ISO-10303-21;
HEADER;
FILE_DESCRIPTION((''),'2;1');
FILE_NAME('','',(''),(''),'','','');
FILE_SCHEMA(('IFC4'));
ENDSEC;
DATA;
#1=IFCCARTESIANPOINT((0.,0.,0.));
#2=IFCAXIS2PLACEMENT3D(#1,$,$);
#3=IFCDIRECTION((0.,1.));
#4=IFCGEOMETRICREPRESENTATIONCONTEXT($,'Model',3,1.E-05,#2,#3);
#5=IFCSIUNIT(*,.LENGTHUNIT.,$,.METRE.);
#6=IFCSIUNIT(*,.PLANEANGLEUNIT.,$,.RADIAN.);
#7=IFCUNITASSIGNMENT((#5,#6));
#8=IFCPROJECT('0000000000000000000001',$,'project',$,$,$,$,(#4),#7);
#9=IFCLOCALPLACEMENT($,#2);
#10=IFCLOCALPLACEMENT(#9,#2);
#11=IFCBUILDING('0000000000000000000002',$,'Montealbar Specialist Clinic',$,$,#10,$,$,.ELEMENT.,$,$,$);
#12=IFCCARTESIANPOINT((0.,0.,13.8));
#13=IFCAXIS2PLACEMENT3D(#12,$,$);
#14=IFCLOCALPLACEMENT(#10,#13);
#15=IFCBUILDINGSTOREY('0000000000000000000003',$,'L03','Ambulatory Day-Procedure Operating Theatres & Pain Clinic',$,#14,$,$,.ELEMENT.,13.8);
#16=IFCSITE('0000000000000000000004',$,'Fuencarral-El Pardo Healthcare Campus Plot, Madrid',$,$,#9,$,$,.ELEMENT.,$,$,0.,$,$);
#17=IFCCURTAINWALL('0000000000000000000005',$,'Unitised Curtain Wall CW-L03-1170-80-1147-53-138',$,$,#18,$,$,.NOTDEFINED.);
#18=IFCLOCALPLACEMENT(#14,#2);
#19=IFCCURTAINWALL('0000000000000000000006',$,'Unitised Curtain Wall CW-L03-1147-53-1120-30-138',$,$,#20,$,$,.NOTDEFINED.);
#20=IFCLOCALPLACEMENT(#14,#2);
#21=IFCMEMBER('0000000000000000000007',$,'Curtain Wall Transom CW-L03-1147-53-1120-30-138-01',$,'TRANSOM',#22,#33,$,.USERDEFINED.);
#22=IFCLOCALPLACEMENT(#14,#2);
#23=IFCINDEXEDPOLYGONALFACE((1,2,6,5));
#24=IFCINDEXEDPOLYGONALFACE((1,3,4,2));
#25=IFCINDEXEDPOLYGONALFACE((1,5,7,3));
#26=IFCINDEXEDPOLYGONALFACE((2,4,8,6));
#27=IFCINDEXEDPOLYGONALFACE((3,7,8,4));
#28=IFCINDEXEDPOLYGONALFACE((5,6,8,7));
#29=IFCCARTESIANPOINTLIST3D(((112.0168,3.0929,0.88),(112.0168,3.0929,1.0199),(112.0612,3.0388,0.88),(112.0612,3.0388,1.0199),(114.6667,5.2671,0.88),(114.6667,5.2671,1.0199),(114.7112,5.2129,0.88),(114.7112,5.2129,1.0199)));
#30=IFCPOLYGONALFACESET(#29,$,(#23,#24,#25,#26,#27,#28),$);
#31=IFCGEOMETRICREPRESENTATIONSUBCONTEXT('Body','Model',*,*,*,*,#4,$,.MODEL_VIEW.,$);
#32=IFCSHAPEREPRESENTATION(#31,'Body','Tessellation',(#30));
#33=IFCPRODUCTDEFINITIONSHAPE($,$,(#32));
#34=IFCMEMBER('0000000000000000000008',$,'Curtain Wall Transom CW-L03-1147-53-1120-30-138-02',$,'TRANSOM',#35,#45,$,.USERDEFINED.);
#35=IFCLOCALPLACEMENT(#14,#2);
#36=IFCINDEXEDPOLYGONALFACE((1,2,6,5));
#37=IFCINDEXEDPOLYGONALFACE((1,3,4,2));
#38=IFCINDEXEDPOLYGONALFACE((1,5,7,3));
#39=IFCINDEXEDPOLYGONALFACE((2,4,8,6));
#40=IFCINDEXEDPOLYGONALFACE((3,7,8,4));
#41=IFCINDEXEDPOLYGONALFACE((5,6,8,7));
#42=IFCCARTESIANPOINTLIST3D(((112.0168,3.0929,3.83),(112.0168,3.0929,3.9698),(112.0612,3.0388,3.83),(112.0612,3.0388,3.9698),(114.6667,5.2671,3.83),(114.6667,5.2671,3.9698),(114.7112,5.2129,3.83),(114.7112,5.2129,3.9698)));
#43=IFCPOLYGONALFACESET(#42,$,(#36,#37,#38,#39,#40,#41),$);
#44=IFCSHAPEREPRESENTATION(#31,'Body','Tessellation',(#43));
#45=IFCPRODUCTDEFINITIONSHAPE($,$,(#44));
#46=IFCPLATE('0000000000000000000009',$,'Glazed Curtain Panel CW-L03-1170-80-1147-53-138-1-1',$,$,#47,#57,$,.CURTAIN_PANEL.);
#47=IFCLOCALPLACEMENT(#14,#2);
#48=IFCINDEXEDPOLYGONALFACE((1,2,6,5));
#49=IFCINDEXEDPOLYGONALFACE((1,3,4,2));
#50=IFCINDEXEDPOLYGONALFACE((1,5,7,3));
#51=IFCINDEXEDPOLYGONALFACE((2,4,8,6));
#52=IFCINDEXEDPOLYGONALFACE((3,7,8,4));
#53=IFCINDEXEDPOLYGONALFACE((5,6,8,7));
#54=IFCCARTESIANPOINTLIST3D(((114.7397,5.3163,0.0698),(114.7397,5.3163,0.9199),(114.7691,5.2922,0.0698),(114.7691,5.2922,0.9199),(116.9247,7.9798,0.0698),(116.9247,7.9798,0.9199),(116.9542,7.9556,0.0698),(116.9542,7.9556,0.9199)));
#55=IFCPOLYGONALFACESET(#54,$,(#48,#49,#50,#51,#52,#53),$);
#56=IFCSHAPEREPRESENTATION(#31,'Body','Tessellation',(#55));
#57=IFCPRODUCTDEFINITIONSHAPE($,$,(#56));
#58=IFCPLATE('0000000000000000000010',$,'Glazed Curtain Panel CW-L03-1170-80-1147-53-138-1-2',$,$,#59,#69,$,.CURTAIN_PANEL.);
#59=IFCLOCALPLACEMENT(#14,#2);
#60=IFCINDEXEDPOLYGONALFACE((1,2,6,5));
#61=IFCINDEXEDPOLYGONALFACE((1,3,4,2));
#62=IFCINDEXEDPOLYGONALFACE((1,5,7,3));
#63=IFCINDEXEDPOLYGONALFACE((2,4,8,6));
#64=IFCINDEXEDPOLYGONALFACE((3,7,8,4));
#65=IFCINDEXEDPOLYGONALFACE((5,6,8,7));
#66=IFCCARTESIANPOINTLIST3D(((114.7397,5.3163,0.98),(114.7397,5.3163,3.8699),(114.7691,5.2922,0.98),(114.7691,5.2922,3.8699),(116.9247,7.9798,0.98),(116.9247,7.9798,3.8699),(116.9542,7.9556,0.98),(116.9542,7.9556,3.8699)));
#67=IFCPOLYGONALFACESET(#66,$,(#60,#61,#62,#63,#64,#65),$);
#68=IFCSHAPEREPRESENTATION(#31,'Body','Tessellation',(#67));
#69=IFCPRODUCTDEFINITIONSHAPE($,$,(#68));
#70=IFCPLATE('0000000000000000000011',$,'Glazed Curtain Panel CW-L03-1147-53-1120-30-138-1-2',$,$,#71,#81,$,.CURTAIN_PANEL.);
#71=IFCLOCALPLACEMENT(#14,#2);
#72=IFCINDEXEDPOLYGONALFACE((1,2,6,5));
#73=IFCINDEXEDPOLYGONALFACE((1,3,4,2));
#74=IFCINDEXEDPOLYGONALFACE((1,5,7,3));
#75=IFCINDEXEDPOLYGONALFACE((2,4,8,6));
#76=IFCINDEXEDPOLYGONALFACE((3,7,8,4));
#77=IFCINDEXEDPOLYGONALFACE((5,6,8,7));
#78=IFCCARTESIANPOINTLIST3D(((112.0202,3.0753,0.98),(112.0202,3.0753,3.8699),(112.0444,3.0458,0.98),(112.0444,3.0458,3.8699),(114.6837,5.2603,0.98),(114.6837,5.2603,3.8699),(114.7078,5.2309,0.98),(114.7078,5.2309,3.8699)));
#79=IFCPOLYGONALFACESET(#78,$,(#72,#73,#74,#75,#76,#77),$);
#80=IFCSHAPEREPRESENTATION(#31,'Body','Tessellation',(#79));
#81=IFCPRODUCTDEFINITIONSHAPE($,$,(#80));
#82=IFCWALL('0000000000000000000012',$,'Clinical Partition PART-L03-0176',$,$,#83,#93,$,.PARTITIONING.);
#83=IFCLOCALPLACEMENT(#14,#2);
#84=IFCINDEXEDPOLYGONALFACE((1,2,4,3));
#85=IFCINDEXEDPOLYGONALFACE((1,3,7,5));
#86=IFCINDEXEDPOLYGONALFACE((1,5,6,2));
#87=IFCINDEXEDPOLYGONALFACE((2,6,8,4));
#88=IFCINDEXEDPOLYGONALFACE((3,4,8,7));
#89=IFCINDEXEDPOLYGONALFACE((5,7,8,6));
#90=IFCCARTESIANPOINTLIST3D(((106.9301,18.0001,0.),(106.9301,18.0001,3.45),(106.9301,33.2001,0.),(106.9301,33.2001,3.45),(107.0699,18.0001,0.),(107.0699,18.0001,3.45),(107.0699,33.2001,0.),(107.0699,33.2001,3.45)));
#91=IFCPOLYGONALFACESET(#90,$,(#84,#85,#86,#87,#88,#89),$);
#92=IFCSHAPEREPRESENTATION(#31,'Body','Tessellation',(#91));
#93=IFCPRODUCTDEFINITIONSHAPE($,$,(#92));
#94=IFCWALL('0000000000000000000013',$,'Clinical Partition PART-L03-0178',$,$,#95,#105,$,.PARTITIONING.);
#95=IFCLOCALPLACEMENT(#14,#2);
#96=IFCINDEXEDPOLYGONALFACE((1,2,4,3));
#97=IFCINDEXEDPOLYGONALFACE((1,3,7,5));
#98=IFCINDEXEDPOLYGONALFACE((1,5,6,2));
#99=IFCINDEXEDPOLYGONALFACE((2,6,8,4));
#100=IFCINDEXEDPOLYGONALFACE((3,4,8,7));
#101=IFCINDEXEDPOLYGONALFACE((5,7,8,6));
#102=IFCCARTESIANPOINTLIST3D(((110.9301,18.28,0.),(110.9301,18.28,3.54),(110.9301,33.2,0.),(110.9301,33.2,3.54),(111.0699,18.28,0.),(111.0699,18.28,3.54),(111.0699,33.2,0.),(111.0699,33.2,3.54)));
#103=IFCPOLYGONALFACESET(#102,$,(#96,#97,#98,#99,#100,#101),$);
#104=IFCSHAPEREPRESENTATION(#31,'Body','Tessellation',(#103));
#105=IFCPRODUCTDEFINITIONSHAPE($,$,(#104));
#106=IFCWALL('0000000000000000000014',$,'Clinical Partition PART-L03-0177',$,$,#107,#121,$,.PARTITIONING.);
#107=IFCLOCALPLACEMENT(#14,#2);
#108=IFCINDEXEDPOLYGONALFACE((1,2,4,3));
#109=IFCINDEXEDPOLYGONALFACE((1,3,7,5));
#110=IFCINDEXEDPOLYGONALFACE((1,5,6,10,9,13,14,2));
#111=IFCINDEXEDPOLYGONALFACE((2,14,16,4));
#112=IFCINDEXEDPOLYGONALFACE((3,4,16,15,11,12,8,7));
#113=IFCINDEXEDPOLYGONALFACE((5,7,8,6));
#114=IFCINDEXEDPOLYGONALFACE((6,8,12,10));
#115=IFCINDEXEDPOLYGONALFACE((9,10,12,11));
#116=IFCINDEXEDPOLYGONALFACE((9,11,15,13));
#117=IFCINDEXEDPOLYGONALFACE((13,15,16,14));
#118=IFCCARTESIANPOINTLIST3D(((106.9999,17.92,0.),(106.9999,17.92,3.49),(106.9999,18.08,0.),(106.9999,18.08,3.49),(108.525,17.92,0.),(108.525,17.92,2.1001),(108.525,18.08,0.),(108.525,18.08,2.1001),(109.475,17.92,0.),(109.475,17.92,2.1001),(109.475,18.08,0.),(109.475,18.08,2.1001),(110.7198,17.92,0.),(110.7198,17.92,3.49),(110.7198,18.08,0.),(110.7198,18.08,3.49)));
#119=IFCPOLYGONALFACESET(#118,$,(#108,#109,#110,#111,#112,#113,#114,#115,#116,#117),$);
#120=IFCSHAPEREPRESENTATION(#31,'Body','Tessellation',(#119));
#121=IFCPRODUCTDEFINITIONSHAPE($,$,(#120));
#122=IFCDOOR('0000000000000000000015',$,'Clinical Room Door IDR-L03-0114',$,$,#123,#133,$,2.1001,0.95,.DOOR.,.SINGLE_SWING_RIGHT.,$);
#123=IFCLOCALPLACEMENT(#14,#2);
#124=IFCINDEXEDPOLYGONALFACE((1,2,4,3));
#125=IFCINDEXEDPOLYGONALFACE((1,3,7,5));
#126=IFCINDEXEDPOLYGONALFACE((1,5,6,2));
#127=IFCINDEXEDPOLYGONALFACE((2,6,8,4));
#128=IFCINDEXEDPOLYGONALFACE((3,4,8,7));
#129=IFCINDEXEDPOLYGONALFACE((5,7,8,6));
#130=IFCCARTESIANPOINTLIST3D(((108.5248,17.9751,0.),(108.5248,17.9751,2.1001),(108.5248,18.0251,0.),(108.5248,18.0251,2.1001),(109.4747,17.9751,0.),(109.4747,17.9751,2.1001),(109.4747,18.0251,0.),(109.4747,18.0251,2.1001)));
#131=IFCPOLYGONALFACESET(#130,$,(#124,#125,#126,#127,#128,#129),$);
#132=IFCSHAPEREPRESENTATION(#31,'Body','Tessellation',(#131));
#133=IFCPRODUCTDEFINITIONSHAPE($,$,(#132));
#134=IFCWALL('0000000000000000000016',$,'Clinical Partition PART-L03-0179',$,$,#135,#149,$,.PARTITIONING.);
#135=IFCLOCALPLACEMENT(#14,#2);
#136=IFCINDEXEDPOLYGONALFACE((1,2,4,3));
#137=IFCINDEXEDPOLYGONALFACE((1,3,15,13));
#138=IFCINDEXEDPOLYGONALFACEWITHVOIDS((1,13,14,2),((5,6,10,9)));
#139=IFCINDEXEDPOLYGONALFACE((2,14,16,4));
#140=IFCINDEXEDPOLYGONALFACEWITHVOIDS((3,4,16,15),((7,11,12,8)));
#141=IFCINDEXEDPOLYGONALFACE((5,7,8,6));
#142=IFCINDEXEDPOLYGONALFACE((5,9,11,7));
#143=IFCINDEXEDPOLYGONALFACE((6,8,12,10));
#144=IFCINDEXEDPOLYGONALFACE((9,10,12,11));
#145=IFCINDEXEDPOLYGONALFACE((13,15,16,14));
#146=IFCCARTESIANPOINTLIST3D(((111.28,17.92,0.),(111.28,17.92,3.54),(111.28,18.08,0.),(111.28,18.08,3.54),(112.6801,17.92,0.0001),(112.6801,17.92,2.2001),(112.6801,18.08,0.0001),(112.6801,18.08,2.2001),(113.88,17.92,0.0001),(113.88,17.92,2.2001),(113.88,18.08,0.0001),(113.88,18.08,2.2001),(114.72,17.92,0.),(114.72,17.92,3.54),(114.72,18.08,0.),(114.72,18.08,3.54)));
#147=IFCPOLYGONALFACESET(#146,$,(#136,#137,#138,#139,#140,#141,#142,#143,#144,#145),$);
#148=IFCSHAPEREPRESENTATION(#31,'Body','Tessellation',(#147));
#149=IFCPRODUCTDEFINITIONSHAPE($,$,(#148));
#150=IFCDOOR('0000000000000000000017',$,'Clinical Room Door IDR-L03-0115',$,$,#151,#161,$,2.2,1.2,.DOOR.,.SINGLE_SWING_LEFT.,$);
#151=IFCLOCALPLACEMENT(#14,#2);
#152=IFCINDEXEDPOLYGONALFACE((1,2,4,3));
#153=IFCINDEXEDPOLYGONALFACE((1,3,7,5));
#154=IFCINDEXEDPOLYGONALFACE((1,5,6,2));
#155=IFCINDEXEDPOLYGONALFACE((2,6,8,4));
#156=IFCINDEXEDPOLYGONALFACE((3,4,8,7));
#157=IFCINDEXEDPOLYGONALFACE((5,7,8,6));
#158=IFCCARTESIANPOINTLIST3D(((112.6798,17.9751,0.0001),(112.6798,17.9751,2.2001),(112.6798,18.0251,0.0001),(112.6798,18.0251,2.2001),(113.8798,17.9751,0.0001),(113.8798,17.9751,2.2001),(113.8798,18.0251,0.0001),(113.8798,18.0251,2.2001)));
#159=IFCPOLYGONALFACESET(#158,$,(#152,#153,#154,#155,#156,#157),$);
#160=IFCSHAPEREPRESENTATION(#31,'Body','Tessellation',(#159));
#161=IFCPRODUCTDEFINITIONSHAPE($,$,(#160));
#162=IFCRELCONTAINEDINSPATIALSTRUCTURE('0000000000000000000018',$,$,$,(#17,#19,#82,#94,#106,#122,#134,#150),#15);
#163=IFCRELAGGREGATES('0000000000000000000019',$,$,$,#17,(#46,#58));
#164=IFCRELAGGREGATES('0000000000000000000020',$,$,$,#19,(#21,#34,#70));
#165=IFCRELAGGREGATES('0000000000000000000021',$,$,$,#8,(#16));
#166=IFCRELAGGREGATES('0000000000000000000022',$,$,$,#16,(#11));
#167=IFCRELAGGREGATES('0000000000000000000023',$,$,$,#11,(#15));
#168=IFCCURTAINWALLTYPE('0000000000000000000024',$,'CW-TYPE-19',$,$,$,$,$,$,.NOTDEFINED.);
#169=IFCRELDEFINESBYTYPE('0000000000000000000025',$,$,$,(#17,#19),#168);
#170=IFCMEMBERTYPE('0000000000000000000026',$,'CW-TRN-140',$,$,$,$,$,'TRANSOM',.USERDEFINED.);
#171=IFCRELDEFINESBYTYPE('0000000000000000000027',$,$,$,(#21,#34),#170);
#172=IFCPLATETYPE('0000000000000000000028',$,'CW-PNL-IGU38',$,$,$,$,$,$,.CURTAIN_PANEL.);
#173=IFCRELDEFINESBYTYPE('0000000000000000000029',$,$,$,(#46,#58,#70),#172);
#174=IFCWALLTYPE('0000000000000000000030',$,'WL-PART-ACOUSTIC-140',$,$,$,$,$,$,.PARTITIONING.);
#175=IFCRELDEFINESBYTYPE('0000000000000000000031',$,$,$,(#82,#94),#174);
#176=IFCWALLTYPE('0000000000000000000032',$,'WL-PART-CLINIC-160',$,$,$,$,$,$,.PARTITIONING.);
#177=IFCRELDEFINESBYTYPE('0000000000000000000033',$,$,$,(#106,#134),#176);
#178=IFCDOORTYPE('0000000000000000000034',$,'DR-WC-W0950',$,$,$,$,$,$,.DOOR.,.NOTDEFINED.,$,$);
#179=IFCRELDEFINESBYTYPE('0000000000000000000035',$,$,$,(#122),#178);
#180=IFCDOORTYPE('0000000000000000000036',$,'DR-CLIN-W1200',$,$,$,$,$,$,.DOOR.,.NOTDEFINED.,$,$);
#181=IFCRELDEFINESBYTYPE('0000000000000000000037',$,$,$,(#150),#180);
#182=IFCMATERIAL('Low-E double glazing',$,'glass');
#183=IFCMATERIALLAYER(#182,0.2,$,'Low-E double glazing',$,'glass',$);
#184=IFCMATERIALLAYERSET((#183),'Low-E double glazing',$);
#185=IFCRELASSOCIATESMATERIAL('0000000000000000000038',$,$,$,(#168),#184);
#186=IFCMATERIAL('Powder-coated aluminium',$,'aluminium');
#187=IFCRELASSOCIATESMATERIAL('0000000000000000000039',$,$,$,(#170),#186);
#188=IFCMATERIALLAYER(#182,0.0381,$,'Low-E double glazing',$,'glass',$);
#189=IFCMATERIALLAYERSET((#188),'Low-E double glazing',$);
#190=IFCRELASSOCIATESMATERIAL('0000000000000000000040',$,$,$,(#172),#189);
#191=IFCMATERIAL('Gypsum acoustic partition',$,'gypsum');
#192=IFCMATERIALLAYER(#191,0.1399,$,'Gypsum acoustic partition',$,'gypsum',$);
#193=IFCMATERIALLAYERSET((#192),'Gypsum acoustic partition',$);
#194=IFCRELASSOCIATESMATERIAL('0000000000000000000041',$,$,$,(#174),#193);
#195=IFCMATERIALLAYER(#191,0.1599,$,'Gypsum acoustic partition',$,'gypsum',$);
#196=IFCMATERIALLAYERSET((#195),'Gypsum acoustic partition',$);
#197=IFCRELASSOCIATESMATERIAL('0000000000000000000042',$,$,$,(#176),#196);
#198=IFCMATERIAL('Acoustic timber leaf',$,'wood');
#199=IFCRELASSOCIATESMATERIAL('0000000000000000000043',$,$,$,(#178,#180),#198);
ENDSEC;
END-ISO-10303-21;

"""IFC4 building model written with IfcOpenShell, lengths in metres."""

from ifc_helpers import new_model, si_unit, direction, frame, frame_2d, origin, origin_2d, place, context, subcontext, project, spatial, rectangle, extrude, material, layer, layer_set, material_profile, profile_set, type_object, element, fill, aggregate, save


model = new_model("IFC4")

# Units and contexts
model_context = context("Model", 3, precision=1e-05, world=origin(), true_north=direction((0.0, 1.0)))
body_context = subcontext(model_context, "Body", "Model", "MODEL_VIEW")
ifc_project = project(units=[si_unit("LENGTHUNIT", "METRE"), si_unit("PLANEANGLEUNIT", "RADIAN")], contexts=[model_context])

# Site, building, storey
site_placement = place(None, origin())
site = spatial("IfcSite", under=ifc_project, at=site_placement, Name="Fuencarral-El Pardo Healthcare Campus Plot, Madrid", CompositionType="ELEMENT", RefElevation=0.0)
building_placement = place(site_placement, origin())
building = spatial("IfcBuilding", under=site, at=building_placement, Name="Montealbar Specialist Clinic", CompositionType="ELEMENT")
storey_placement = place(building_placement, frame((0.0, 0.0, 13.8)))
storey = spatial("IfcBuildingStorey", under=building, at=storey_placement, Name="L03", Description="Ambulatory Day-Procedure Operating Theatres & Pain Clinic", CompositionType="ELEMENT", Elevation=13.8)

# Curtain wall
ifc_material_1 = material(Name="Low-E double glazing", Category="glass")
ifc_layer_1 = layer(ifc_material_1, 0.2, Name="Low-E double glazing", Category="glass")
ifc_layer_set_1 = layer_set([ifc_layer_1], Name="Low-E double glazing")
curtain_wall_type = type_object("IfcCurtainWallType", Name="CW-TYPE-19", PredefinedType="NOTDEFINED", material=ifc_layer_set_1)
curtain_wall_1_placement = place(storey_placement, origin())
curtain_wall_1 = element("IfcCurtainWall", 1, at=curtain_wall_1_placement, inside=storey, type_object=curtain_wall_type, Name="Unitised Curtain Wall CW-L03-1170-80-1147-53-138", PredefinedType="NOTDEFINED")

# Curtain wall, members
curtain_wall_2_placement = place(storey_placement, origin())
curtain_wall_2 = element("IfcCurtainWall", 2, at=curtain_wall_2_placement, inside=storey, type_object=curtain_wall_type, Name="Unitised Curtain Wall CW-L03-1147-53-1120-30-138", PredefinedType="NOTDEFINED")
ifc_material_2 = material(Name="Powder-coated aluminium", Category="aluminium")
ifc_material_profile_1 = material_profile(ifc_material_2, rectangle(XDim=0.0701, YDim=0.1399, at=origin_2d()), Name="ALU 70x140", Category="aluminium")
ifc_profile_set_1 = profile_set([ifc_material_profile_1], Name="Powder-coated aluminium")
member_type_1 = type_object("IfcMemberType", Name="CW-TRN-140", ElementType="TRANSOM", PredefinedType="USERDEFINED", material=ifc_profile_set_1)
member_1_placement = place(storey_placement, frame((114.689, 5.24, 0.95), z_axis=(-0.773103, -0.634281, 0.0), x_axis=(0.634281, -0.773103, 0.0)))
member_1 = element("IfcMember", 3, at=member_1_placement, type_object=member_type_1, Name="Curtain Wall Transom CW-L03-1147-53-1120-30-138-01", ObjectType="TRANSOM", PredefinedType="USERDEFINED", context=body_context, shape_type="SweptSolid", body=[
    extrude(rectangle(XDim=0.0701, YDim=0.1399, at=origin_2d()), origin(), (0.0, 0.0, 1.0), 3.4277),
])
member_2_placement = place(storey_placement, frame((114.689, 5.24, 3.8999), z_axis=(-0.773103, -0.634281, 0.0), x_axis=(0.634281, -0.773103, 0.0)))
member_2 = element("IfcMember", 4, at=member_2_placement, type_object=member_type_1, Name="Curtain Wall Transom CW-L03-1147-53-1120-30-138-02", ObjectType="TRANSOM", PredefinedType="USERDEFINED", context=body_context, shape_type="SweptSolid", body=[
    extrude(rectangle(XDim=0.0701, YDim=0.1399, at=origin_2d()), origin(), (0.0, 0.0, 1.0), 3.4277),
])

# Plates
ifc_layer_2 = layer(ifc_material_1, 0.0381, Name="Low-E double glazing", Category="glass")
ifc_layer_set_2 = layer_set([ifc_layer_2], Name="Low-E double glazing")
plate_type = type_object("IfcPlateType", Name="CW-PNL-IGU38", PredefinedType="CURTAIN_PANEL", material=ifc_layer_set_2)
plate_1_placement = place(storey_placement, frame((115.8469, 6.636, 0.0698), z_axis=(0.0, 0.0, 1.0), x_axis=(-0.634256, -0.773123, 0.0)))
plate_1 = element("IfcPlate", 5, at=plate_1_placement, type_object=plate_type, Name="Glazed Curtain Panel CW-L03-1170-80-1147-53-138-1-1", PredefinedType="CURTAIN_PANEL", context=body_context, shape_type="SweptSolid", body=[
    extrude(rectangle(XDim=3.4451, YDim=0.0381, at=origin_2d()), origin(), (0.0, 0.0, 1.0), 0.8501),
])
plate_2_placement = place(storey_placement, frame((115.8469, 6.636, 0.98), z_axis=(0.0, 0.0, 1.0), x_axis=(-0.634256, -0.773123, 0.0)))
plate_2 = element("IfcPlate", 6, at=plate_2_placement, type_object=plate_type, Name="Glazed Curtain Panel CW-L03-1170-80-1147-53-138-1-2", PredefinedType="CURTAIN_PANEL", context=body_context, shape_type="SweptSolid", body=[
    extrude(rectangle(XDim=3.4451, YDim=0.0381, at=origin_2d()), origin(), (0.0, 0.0, 1.0), 2.8899),
])
aggregate(curtain_wall_1, [plate_1, plate_2])
plate_3_placement = place(storey_placement, frame((113.364, 4.1531, 0.98), z_axis=(0.0, 0.0, 1.0), x_axis=(-0.773123, -0.634256, 0.0)))
plate_3 = element("IfcPlate", 7, at=plate_3_placement, type_object=plate_type, Name="Glazed Curtain Panel CW-L03-1147-53-1120-30-138-1-2", PredefinedType="CURTAIN_PANEL", context=body_context, shape_type="SweptSolid", body=[
    extrude(rectangle(XDim=3.4451, YDim=0.0381, at=origin_2d()), origin(), (0.0, 0.0, 1.0), 2.8899),
])
aggregate(curtain_wall_2, [member_1, member_2, plate_3])

# Walls
ifc_material_3 = material(Name="Gypsum acoustic partition", Category="gypsum")
ifc_layer_3 = layer(ifc_material_3, 0.1399, Name="Gypsum acoustic partition", Category="gypsum")
ifc_layer_set_3 = layer_set([ifc_layer_3], Name="Gypsum acoustic partition")
wall_type_1 = type_object("IfcWallType", Name="WL-PART-ACOUSTIC-140", PredefinedType="PARTITIONING", material=ifc_layer_set_3)
wall_1_placement = place(storey_placement, frame((107.0, 18.0, 0.0), z_axis=(0.0, 0.0, 1.0), x_axis=(0.0, 1.0, 0.0)))
element("IfcWall", 8, at=wall_1_placement, inside=storey, type_object=wall_type_1, Name="Clinical Partition PART-L03-0176", PredefinedType="PARTITIONING", context=body_context, shape_type="SweptSolid", body=[
    extrude(rectangle(XDim=15.2, YDim=0.1399, at=frame_2d((7.6001, 0.0))), origin(), (0.0, 0.0, 1.0), 3.45),
])
wall_2_placement = place(storey_placement, frame((111.0, 18.28, 0.0), z_axis=(0.0, 0.0, 1.0), x_axis=(0.0, 1.0, 0.0)))
element("IfcWall", 9, at=wall_2_placement, inside=storey, type_object=wall_type_1, Name="Clinical Partition PART-L03-0178", PredefinedType="PARTITIONING", context=body_context, shape_type="SweptSolid", body=[
    extrude(rectangle(XDim=14.9199, YDim=0.1399, at=frame_2d((7.46, 0.0))), origin(), (0.0, 0.0, 1.0), 3.54),
])

# Walls, openings, doors
ifc_layer_4 = layer(ifc_material_3, 0.1599, Name="Gypsum acoustic partition", Category="gypsum")
ifc_layer_set_4 = layer_set([ifc_layer_4], Name="Gypsum acoustic partition")
wall_type_2 = type_object("IfcWallType", Name="WL-PART-CLINIC-160", PredefinedType="PARTITIONING", material=ifc_layer_set_4)
wall_3_placement = place(storey_placement, frame((107.0, 18.0, 0.0), z_axis=(0.0, 0.0, 1.0), x_axis=(1.0, 0.0, 0.0)))
wall_3 = element("IfcWall", 10, at=wall_3_placement, inside=storey, type_object=wall_type_2, Name="Clinical Partition PART-L03-0177", PredefinedType="PARTITIONING", context=body_context, shape_type="SweptSolid", body=[
    extrude(rectangle(XDim=3.72, YDim=0.1599, at=frame_2d((1.8599, 0.0))), origin(), (0.0, 0.0, 1.0), 3.49),
])
opening_1_placement = place(wall_3_placement, frame((1.5249, 0.0, 0.0)))
opening_1 = element("IfcOpeningElement", 11, at=opening_1_placement, cuts=wall_3, PredefinedType="OPENING", context=body_context, shape_type="SweptSolid", body=[
    extrude(rectangle(XDim=0.95, YDim=2.1001, at=frame_2d((0.4751, 1.05))), frame((0.0, 0.0898, 0.0), z_axis=(0.0, -1.0, 0.0), x_axis=(1.0, 0.0, 0.0)), (0.0, 0.0, 1.0), 0.1799),
])
ifc_material_4 = material(Name="Acoustic timber leaf", Category="wood")
door_type_1 = type_object("IfcDoorType", Name="DR-WC-W0950", OperationType="NOTDEFINED", PredefinedType="DOOR", material=ifc_material_4)
door_1_placement = place(opening_1_placement, frame((0.95, 0.0, 0.0), z_axis=(0.0, 0.0, 1.0), x_axis=(-1.0, 0.0, 0.0)))
door_1 = element("IfcDoor", 12, at=door_1_placement, inside=storey, type_object=door_type_1, Name="Clinical Room Door IDR-L03-0114", OperationType="SINGLE_SWING_RIGHT", OverallHeight=2.1001, OverallWidth=0.95, PredefinedType="DOOR", context=body_context, shape_type="SweptSolid", body=[
    extrude(rectangle(XDim=0.95, YDim=2.1001, at=frame_2d((0.4751, 1.05))), frame((0.0, 0.0249, 0.0), z_axis=(0.0, -1.0, 0.0), x_axis=(1.0, 0.0, 0.0)), (0.0, 0.0, 1.0), 0.05),
])
fill(opening_1, door_1)
wall_4_placement = place(storey_placement, frame((111.28, 18.0, 0.0), z_axis=(0.0, 0.0, 1.0), x_axis=(1.0, 0.0, 0.0)))
wall_4 = element("IfcWall", 13, at=wall_4_placement, inside=storey, type_object=wall_type_2, Name="Clinical Partition PART-L03-0179", PredefinedType="PARTITIONING", context=body_context, shape_type="SweptSolid", body=[
    extrude(rectangle(XDim=3.4399, YDim=0.1599, at=frame_2d((1.72, 0.0))), origin(), (0.0, 0.0, 1.0), 3.54),
])
opening_2_placement = place(wall_4_placement, frame((1.3999, 0.0, 0.0)))
opening_2 = element("IfcOpeningElement", 14, at=opening_2_placement, cuts=wall_4, PredefinedType="OPENING", context=body_context, shape_type="SweptSolid", body=[
    extrude(rectangle(XDim=1.2, YDim=2.2, at=frame_2d((0.6001, 1.1001))), frame((0.0, 0.0898, 0.0), z_axis=(0.0, -1.0, 0.0), x_axis=(1.0, 0.0, 0.0)), (0.0, 0.0, 1.0), 0.1799),
])
door_type_2 = type_object("IfcDoorType", Name="DR-CLIN-W1200", OperationType="NOTDEFINED", PredefinedType="DOOR", material=ifc_material_4)
door_2_placement = place(opening_2_placement, frame((1.2, 0.0, 0.0), z_axis=(0.0, 0.0, 1.0), x_axis=(-1.0, 0.0, 0.0)))
door_2 = element("IfcDoor", 15, at=door_2_placement, inside=storey, type_object=door_type_2, Name="Clinical Room Door IDR-L03-0115", OperationType="SINGLE_SWING_LEFT", OverallHeight=2.2, OverallWidth=1.2, PredefinedType="DOOR", context=body_context, shape_type="SweptSolid", body=[
    extrude(rectangle(XDim=1.2, YDim=2.2, at=frame_2d((0.6001, 1.1001))), frame((0.0, 0.0249, 0.0), z_axis=(0.0, -1.0, 0.0), x_axis=(1.0, 0.0, 0.0)), (0.0, 0.0, 1.0), 0.05),
])
fill(opening_2, door_2)

save(model, "model.ifc")
